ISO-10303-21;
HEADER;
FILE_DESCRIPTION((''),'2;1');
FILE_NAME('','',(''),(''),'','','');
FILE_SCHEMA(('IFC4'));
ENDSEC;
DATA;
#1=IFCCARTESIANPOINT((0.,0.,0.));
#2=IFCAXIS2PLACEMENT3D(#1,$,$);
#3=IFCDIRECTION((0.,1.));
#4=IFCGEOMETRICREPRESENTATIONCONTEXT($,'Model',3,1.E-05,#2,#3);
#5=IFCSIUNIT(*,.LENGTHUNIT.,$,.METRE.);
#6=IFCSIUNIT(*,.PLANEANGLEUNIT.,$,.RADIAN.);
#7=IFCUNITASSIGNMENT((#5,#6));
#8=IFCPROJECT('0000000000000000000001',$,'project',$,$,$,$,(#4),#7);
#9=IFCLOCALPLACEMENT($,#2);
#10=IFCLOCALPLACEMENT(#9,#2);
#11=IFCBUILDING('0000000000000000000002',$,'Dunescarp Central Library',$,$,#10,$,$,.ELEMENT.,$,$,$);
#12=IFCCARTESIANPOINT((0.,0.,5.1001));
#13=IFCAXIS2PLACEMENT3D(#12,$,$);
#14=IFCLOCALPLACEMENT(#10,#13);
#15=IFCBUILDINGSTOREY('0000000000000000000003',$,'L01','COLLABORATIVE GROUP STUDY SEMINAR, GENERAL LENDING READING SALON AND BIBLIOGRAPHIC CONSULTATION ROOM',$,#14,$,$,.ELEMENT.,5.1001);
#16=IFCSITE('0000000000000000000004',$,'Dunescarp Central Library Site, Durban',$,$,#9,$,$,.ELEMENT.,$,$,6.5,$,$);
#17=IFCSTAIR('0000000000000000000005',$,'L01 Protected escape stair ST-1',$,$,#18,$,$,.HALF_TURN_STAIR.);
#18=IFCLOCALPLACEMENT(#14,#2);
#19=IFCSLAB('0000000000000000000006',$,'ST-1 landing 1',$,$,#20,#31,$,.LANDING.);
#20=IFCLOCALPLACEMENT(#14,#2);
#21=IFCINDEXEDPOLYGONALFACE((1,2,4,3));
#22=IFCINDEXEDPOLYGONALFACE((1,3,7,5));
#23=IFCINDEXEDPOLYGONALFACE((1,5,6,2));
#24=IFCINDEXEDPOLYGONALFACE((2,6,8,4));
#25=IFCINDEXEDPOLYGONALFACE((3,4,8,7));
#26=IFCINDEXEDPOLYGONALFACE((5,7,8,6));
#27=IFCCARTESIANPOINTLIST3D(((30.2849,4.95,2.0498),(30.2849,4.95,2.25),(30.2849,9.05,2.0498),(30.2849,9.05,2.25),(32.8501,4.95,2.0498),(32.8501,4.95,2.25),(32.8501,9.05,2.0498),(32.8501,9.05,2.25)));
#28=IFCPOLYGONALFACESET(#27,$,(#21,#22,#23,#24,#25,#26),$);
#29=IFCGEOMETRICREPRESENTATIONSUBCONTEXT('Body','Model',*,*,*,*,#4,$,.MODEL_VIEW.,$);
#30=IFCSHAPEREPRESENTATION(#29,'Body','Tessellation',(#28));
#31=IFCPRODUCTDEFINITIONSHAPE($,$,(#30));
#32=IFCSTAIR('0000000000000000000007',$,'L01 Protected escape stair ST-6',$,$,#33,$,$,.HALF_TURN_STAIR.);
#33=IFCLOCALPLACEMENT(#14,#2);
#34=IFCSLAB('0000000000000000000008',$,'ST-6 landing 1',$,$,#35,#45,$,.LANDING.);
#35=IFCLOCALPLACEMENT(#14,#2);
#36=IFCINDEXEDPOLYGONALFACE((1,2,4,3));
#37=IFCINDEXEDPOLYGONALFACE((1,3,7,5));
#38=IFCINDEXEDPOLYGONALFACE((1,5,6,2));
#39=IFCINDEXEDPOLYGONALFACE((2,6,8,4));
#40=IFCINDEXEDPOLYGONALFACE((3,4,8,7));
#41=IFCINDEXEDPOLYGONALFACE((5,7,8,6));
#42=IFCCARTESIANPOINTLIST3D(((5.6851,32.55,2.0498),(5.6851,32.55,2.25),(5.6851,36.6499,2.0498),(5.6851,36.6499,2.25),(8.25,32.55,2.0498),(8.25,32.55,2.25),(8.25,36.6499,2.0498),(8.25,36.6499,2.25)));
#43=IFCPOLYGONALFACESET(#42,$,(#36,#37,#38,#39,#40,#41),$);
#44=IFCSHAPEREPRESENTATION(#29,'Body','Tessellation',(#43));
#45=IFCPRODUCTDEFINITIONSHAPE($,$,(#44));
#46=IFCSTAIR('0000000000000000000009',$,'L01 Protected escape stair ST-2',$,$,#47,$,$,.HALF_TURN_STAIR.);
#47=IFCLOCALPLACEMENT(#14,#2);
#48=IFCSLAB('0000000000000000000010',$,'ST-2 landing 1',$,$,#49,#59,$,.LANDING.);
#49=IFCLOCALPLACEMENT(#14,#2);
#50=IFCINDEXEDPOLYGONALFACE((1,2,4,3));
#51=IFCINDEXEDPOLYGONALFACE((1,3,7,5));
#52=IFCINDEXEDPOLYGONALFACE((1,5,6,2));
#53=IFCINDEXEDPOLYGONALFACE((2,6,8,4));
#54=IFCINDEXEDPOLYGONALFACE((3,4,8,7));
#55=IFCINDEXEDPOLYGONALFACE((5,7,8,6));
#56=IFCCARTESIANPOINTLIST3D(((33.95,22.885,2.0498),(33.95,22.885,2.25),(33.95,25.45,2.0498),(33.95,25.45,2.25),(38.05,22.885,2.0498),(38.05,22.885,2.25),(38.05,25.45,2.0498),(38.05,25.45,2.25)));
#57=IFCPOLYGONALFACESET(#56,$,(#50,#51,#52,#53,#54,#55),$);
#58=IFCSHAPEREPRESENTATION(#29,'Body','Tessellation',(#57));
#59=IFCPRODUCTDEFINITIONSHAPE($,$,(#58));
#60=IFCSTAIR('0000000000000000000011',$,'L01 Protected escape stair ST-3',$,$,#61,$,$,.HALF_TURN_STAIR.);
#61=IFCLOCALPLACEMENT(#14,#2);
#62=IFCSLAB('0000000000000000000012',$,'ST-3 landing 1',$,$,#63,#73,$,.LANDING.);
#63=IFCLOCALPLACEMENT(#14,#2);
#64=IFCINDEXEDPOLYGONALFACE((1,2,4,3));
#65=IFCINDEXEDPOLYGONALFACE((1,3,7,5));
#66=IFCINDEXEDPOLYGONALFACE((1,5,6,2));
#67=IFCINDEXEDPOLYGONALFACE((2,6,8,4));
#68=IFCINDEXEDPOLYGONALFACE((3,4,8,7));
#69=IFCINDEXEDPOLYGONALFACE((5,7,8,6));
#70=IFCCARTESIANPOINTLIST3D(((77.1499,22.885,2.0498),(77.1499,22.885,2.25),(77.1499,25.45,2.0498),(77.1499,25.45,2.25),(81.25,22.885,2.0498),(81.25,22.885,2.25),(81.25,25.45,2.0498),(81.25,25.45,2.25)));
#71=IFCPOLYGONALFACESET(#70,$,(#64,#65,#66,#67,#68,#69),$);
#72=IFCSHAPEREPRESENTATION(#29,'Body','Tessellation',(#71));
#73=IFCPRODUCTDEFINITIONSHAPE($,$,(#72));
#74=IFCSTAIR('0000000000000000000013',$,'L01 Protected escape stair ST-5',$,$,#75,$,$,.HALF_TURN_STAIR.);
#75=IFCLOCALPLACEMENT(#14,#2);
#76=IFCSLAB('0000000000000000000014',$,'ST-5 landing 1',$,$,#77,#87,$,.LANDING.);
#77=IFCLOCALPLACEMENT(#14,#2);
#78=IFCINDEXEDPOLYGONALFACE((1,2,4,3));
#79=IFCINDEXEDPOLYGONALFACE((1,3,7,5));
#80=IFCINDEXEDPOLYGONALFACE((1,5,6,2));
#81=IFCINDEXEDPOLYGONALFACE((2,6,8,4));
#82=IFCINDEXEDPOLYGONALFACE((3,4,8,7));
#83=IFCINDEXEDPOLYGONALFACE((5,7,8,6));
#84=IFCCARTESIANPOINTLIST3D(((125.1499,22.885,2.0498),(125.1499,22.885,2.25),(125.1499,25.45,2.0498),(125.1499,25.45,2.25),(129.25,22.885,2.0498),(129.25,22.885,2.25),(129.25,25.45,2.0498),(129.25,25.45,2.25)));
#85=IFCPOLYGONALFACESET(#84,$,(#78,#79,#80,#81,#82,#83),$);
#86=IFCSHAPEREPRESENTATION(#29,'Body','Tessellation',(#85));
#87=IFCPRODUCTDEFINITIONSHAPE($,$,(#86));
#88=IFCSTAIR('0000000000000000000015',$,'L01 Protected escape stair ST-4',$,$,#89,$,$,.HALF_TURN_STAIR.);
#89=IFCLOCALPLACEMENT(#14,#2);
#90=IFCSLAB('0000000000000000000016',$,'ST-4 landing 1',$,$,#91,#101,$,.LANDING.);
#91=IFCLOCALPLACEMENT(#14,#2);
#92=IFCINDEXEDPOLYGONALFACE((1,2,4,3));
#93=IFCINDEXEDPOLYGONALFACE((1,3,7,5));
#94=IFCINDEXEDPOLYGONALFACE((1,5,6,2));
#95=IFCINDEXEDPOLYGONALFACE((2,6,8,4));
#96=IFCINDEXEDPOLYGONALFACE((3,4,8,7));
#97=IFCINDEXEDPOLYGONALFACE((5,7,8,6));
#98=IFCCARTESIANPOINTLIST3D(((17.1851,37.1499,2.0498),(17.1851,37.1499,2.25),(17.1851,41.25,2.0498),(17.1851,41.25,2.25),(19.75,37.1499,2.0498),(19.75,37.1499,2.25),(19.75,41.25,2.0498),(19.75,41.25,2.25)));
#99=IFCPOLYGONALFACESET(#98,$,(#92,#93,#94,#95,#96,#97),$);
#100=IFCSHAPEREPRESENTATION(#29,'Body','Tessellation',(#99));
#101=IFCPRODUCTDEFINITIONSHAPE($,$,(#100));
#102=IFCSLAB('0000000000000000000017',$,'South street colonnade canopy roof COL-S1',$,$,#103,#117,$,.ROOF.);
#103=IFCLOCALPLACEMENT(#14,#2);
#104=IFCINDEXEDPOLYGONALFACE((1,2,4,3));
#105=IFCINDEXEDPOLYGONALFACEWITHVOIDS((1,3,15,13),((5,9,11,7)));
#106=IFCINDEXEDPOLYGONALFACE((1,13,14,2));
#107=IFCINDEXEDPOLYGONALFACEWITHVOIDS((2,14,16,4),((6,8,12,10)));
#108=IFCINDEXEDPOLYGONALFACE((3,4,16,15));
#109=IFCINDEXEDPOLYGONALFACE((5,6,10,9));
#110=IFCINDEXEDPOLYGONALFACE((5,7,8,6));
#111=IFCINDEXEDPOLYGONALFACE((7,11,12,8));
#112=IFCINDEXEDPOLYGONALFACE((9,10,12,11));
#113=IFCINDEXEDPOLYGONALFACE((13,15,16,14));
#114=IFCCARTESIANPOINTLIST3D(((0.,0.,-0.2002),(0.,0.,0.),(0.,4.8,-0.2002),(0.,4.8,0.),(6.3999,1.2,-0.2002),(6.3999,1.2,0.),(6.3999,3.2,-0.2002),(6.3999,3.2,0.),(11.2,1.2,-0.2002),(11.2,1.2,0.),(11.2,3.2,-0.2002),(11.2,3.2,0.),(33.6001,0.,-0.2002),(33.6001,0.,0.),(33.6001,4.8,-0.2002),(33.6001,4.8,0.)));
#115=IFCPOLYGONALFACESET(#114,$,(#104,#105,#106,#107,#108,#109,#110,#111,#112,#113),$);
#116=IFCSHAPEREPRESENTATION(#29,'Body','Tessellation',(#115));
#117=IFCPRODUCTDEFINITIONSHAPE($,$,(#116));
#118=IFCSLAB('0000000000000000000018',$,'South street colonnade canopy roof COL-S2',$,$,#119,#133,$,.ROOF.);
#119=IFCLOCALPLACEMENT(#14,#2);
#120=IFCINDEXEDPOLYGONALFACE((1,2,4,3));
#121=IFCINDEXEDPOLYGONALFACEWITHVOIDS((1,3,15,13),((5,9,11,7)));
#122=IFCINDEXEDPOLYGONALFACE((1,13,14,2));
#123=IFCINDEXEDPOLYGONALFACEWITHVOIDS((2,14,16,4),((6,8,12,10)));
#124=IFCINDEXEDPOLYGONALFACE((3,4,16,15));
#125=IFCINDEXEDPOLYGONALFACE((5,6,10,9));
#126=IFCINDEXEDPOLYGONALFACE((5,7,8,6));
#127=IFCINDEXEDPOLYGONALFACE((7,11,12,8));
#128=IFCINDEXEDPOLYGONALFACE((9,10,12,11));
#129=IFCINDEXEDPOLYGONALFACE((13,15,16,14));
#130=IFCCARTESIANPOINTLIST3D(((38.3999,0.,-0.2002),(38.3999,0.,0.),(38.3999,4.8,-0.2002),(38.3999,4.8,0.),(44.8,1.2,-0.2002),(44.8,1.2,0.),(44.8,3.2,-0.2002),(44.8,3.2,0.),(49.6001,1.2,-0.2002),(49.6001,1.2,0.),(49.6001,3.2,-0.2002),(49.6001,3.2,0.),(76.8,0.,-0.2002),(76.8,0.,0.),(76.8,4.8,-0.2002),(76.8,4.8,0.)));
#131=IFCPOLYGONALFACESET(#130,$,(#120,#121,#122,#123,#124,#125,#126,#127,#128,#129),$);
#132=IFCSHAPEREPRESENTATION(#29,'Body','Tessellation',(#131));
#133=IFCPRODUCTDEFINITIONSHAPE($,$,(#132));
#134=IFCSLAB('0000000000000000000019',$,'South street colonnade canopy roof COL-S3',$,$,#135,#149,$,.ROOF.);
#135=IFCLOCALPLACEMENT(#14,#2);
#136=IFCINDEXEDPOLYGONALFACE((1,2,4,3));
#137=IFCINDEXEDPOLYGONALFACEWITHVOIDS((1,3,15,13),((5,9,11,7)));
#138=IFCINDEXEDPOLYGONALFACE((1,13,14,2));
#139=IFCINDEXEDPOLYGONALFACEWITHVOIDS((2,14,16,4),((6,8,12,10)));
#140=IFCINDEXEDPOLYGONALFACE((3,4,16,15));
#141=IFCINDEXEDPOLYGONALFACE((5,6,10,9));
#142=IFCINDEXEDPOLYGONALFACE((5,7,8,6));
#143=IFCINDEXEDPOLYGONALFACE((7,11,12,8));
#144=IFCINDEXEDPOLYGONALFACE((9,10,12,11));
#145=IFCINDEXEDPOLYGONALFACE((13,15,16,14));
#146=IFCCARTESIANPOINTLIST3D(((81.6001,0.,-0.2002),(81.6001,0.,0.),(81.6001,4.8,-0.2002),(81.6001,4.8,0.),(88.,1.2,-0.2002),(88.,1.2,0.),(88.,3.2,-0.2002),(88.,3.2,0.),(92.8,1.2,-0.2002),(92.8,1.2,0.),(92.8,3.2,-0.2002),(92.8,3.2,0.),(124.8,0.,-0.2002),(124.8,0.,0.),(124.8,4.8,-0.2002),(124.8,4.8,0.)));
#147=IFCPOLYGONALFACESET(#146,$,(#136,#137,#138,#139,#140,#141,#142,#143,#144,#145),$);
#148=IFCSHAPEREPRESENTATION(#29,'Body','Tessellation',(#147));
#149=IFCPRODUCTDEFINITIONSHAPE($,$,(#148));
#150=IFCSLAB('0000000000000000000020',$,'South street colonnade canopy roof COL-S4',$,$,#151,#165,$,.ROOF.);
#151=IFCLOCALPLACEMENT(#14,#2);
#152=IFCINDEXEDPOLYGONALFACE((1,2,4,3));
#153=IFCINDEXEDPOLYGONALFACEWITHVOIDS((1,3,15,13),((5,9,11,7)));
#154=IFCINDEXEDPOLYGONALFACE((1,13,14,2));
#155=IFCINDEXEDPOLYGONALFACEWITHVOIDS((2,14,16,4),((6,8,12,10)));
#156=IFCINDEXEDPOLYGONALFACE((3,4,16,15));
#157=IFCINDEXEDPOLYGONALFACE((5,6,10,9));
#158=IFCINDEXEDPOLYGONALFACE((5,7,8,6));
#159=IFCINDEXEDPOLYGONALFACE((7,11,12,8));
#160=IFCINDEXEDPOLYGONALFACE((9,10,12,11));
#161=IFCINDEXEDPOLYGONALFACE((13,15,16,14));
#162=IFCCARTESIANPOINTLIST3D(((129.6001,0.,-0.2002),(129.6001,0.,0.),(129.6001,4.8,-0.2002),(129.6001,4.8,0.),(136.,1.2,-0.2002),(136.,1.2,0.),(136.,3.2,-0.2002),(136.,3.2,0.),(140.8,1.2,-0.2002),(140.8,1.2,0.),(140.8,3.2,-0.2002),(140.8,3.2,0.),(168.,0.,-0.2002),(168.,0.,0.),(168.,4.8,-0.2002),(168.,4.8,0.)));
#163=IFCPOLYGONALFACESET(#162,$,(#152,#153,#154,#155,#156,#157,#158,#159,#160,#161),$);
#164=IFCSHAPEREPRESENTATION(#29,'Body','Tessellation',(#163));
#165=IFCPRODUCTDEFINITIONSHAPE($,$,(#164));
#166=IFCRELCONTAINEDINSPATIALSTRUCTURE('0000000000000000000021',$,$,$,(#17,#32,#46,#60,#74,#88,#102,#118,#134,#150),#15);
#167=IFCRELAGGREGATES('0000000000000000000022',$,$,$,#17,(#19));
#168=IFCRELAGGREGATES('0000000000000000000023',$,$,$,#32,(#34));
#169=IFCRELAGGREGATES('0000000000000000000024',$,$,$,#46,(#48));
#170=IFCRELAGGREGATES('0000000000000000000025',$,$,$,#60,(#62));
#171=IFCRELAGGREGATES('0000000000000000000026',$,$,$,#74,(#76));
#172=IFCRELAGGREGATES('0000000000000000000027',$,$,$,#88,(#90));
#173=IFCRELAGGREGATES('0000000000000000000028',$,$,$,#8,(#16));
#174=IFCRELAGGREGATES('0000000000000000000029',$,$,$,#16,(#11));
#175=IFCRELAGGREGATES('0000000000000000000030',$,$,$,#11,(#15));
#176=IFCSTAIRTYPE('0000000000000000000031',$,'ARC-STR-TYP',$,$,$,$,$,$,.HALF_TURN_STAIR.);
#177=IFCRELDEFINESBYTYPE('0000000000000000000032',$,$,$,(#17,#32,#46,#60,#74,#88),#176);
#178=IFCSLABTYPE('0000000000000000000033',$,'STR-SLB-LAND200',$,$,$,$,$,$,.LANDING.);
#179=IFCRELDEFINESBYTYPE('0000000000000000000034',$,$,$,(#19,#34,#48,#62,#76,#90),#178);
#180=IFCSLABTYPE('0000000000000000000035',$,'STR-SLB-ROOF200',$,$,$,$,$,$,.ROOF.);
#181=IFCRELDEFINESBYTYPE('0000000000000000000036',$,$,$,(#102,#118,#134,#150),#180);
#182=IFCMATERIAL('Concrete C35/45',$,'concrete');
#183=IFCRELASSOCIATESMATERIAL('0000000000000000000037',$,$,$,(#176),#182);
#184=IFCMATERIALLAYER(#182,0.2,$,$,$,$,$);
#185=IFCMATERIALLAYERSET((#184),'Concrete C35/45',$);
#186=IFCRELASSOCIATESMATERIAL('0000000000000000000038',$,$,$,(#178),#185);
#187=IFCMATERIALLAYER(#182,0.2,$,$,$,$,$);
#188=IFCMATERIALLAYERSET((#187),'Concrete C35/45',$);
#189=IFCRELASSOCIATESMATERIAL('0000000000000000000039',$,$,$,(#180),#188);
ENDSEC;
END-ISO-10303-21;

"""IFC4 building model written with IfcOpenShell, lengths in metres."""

from ifc_helpers import new_model, si_unit, direction, frame, origin, place, context, subcontext, project, spatial, polyline, outline, extrude, material, layer, layer_set, type_object, element, aggregate, save


model = new_model("IFC4")

# Units and contexts
model_context = context("Model", 3, precision=1e-05, world=origin(), true_north=direction((0.0, 1.0)))
body_context = subcontext(model_context, "Body", "Model", "MODEL_VIEW")
ifc_project = project(units=[si_unit("LENGTHUNIT", "METRE"), si_unit("PLANEANGLEUNIT", "RADIAN")], contexts=[model_context])

# Site, building, storey
site_placement = place(None, origin())
site = spatial("IfcSite", under=ifc_project, at=site_placement, Name="Dunescarp Central Library Site, Durban", CompositionType="ELEMENT", RefElevation=6.5)
building_placement = place(site_placement, origin())
building = spatial("IfcBuilding", under=site, at=building_placement, Name="Dunescarp Central Library", CompositionType="ELEMENT")
storey_placement = place(building_placement, frame((0.0, 0.0, 5.1001)))
storey = spatial("IfcBuildingStorey", under=building, at=storey_placement, Name="L01", Description="COLLABORATIVE GROUP STUDY SEMINAR, GENERAL LENDING READING SALON AND BIBLIOGRAPHIC CONSULTATION ROOM", CompositionType="ELEMENT", Elevation=5.1001)

# Stairs, slabs
ifc_material_1 = material(Name="Concrete C35/45", Category="concrete")
stair_type = type_object("IfcStairType", Name="ARC-STR-TYP", PredefinedType="HALF_TURN_STAIR", material=ifc_material_1)
stair_1_placement = place(storey_placement, origin())
stair_1 = element("IfcStair", 1, at=stair_1_placement, inside=storey, type_object=stair_type, Name="L01 Protected escape stair ST-1", PredefinedType="HALF_TURN_STAIR")
ifc_layer_1 = layer(ifc_material_1, 0.2)
ifc_layer_set_1 = layer_set([ifc_layer_1], Name="Concrete C35/45")
slab_type_1 = type_object("IfcSlabType", Name="STR-SLB-LAND200", PredefinedType="LANDING", material=ifc_layer_set_1)
slab_1_placement = place(storey_placement, frame((0.0, 0.0, 2.0498)))
slab_1 = element("IfcSlab", 2, at=slab_1_placement, type_object=slab_type_1, Name="ST-1 landing 1", PredefinedType="LANDING", context=body_context, shape_type="SweptSolid", body=[
    extrude(outline(polyline([(30.2849, 4.95), (32.8501, 4.95), (32.8501, 9.05), (30.2849, 9.05), (30.2849, 4.95)])), origin(), (0.0, 0.0, 1.0), 0.2002),
])
aggregate(stair_1, [slab_1])
stair_2_placement = place(storey_placement, origin())
stair_2 = element("IfcStair", 3, at=stair_2_placement, inside=storey, type_object=stair_type, Name="L01 Protected escape stair ST-6", PredefinedType="HALF_TURN_STAIR")
slab_2_placement = place(storey_placement, frame((0.0, 0.0, 2.0498)))
slab_2 = element("IfcSlab", 4, at=slab_2_placement, type_object=slab_type_1, Name="ST-6 landing 1", PredefinedType="LANDING", context=body_context, shape_type="SweptSolid", body=[
    extrude(outline(polyline([(5.6851, 32.55), (8.25, 32.55), (8.25, 36.6499), (5.6851, 36.6499), (5.6851, 32.55)])), origin(), (0.0, 0.0, 1.0), 0.2002),
])
aggregate(stair_2, [slab_2])
stair_3_placement = place(storey_placement, origin())
stair_3 = element("IfcStair", 5, at=stair_3_placement, inside=storey, type_object=stair_type, Name="L01 Protected escape stair ST-2", PredefinedType="HALF_TURN_STAIR")
slab_3_placement = place(storey_placement, frame((0.0, 0.0, 2.0498)))
slab_3 = element("IfcSlab", 6, at=slab_3_placement, type_object=slab_type_1, Name="ST-2 landing 1", PredefinedType="LANDING", context=body_context, shape_type="SweptSolid", body=[
    extrude(outline(polyline([(33.95, 22.885), (38.05, 22.885), (38.05, 25.45), (33.95, 25.45), (33.95, 22.885)])), origin(), (0.0, 0.0, 1.0), 0.2002),
])
aggregate(stair_3, [slab_3])
stair_4_placement = place(storey_placement, origin())
stair_4 = element("IfcStair", 7, at=stair_4_placement, inside=storey, type_object=stair_type, Name="L01 Protected escape stair ST-3", PredefinedType="HALF_TURN_STAIR")
slab_4_placement = place(storey_placement, frame((0.0, 0.0, 2.0498)))
slab_4 = element("IfcSlab", 8, at=slab_4_placement, type_object=slab_type_1, Name="ST-3 landing 1", PredefinedType="LANDING", context=body_context, shape_type="SweptSolid", body=[
    extrude(outline(polyline([(77.1499, 22.885), (81.25, 22.885), (81.25, 25.45), (77.1499, 25.45), (77.1499, 22.885)])), origin(), (0.0, 0.0, 1.0), 0.2002),
])
aggregate(stair_4, [slab_4])
stair_5_placement = place(storey_placement, origin())
stair_5 = element("IfcStair", 9, at=stair_5_placement, inside=storey, type_object=stair_type, Name="L01 Protected escape stair ST-5", PredefinedType="HALF_TURN_STAIR")
slab_5_placement = place(storey_placement, frame((0.0, 0.0, 2.0498)))
slab_5 = element("IfcSlab", 10, at=slab_5_placement, type_object=slab_type_1, Name="ST-5 landing 1", PredefinedType="LANDING", context=body_context, shape_type="SweptSolid", body=[
    extrude(outline(polyline([(125.1499, 22.885), (129.25, 22.885), (129.25, 25.45), (125.1499, 25.45), (125.1499, 22.885)])), origin(), (0.0, 0.0, 1.0), 0.2002),
])
aggregate(stair_5, [slab_5])
stair_6_placement = place(storey_placement, origin())
stair_6 = element("IfcStair", 11, at=stair_6_placement, inside=storey, type_object=stair_type, Name="L01 Protected escape stair ST-4", PredefinedType="HALF_TURN_STAIR")
slab_6_placement = place(storey_placement, frame((0.0, 0.0, 2.0498)))
slab_6 = element("IfcSlab", 12, at=slab_6_placement, type_object=slab_type_1, Name="ST-4 landing 1", PredefinedType="LANDING", context=body_context, shape_type="SweptSolid", body=[
    extrude(outline(polyline([(17.1851, 37.1499), (19.75, 37.1499), (19.75, 41.25), (17.1851, 41.25), (17.1851, 37.1499)])), origin(), (0.0, 0.0, 1.0), 0.2002),
])
aggregate(stair_6, [slab_6])

# Slabs
ifc_layer_2 = layer(ifc_material_1, 0.2)
ifc_layer_set_2 = layer_set([ifc_layer_2], Name="Concrete C35/45")
slab_type_2 = type_object("IfcSlabType", Name="STR-SLB-ROOF200", PredefinedType="ROOF", material=ifc_layer_set_2)
slab_7_placement = place(storey_placement, frame((0.0, 0.0, -0.2002)))
element("IfcSlab", 13, at=slab_7_placement, inside=storey, type_object=slab_type_2, Name="South street colonnade canopy roof COL-S1", PredefinedType="ROOF", context=body_context, shape_type="SweptSolid", body=[
    extrude(outline(polyline([(0.0, 0.0), (33.6001, 0.0), (33.6001, 4.8), (0.0, 4.8), (0.0, 0.0)]), holes=[polyline([(6.3999, 1.2), (11.2, 1.2), (11.2, 3.2), (6.3999, 3.2), (6.3999, 1.2)])]), origin(), (0.0, 0.0, 1.0), 0.2002),
])
slab_8_placement = place(storey_placement, frame((0.0, 0.0, -0.2002)))
element("IfcSlab", 14, at=slab_8_placement, inside=storey, type_object=slab_type_2, Name="South street colonnade canopy roof COL-S2", PredefinedType="ROOF", context=body_context, shape_type="SweptSolid", body=[
    extrude(outline(polyline([(38.3999, 0.0), (76.8, 0.0), (76.8, 4.8), (38.3999, 4.8), (38.3999, 0.0)]), holes=[polyline([(44.8, 1.2), (49.6001, 1.2), (49.6001, 3.2), (44.8, 3.2), (44.8, 1.2)])]), origin(), (0.0, 0.0, 1.0), 0.2002),
])
slab_9_placement = place(storey_placement, frame((0.0, 0.0, -0.2002)))
element("IfcSlab", 15, at=slab_9_placement, inside=storey, type_object=slab_type_2, Name="South street colonnade canopy roof COL-S3", PredefinedType="ROOF", context=body_context, shape_type="SweptSolid", body=[
    extrude(outline(polyline([(81.6001, 0.0), (124.8, 0.0), (124.8, 4.8), (81.6001, 4.8), (81.6001, 0.0)]), holes=[polyline([(88.0, 1.2), (92.8, 1.2), (92.8, 3.2), (88.0, 3.2), (88.0, 1.2)])]), origin(), (0.0, 0.0, 1.0), 0.2002),
])
slab_10_placement = place(storey_placement, frame((0.0, 0.0, -0.2002)))
element("IfcSlab", 16, at=slab_10_placement, inside=storey, type_object=slab_type_2, Name="South street colonnade canopy roof COL-S4", PredefinedType="ROOF", context=body_context, shape_type="SweptSolid", body=[
    extrude(outline(polyline([(129.6001, 0.0), (168.0, 0.0), (168.0, 4.8), (129.6001, 4.8), (129.6001, 0.0)]), holes=[polyline([(136.0, 1.2), (140.8, 1.2), (140.8, 3.2), (136.0, 3.2), (136.0, 1.2)])]), origin(), (0.0, 0.0, 1.0), 0.2002),
])

save(model, "model.ifc")
